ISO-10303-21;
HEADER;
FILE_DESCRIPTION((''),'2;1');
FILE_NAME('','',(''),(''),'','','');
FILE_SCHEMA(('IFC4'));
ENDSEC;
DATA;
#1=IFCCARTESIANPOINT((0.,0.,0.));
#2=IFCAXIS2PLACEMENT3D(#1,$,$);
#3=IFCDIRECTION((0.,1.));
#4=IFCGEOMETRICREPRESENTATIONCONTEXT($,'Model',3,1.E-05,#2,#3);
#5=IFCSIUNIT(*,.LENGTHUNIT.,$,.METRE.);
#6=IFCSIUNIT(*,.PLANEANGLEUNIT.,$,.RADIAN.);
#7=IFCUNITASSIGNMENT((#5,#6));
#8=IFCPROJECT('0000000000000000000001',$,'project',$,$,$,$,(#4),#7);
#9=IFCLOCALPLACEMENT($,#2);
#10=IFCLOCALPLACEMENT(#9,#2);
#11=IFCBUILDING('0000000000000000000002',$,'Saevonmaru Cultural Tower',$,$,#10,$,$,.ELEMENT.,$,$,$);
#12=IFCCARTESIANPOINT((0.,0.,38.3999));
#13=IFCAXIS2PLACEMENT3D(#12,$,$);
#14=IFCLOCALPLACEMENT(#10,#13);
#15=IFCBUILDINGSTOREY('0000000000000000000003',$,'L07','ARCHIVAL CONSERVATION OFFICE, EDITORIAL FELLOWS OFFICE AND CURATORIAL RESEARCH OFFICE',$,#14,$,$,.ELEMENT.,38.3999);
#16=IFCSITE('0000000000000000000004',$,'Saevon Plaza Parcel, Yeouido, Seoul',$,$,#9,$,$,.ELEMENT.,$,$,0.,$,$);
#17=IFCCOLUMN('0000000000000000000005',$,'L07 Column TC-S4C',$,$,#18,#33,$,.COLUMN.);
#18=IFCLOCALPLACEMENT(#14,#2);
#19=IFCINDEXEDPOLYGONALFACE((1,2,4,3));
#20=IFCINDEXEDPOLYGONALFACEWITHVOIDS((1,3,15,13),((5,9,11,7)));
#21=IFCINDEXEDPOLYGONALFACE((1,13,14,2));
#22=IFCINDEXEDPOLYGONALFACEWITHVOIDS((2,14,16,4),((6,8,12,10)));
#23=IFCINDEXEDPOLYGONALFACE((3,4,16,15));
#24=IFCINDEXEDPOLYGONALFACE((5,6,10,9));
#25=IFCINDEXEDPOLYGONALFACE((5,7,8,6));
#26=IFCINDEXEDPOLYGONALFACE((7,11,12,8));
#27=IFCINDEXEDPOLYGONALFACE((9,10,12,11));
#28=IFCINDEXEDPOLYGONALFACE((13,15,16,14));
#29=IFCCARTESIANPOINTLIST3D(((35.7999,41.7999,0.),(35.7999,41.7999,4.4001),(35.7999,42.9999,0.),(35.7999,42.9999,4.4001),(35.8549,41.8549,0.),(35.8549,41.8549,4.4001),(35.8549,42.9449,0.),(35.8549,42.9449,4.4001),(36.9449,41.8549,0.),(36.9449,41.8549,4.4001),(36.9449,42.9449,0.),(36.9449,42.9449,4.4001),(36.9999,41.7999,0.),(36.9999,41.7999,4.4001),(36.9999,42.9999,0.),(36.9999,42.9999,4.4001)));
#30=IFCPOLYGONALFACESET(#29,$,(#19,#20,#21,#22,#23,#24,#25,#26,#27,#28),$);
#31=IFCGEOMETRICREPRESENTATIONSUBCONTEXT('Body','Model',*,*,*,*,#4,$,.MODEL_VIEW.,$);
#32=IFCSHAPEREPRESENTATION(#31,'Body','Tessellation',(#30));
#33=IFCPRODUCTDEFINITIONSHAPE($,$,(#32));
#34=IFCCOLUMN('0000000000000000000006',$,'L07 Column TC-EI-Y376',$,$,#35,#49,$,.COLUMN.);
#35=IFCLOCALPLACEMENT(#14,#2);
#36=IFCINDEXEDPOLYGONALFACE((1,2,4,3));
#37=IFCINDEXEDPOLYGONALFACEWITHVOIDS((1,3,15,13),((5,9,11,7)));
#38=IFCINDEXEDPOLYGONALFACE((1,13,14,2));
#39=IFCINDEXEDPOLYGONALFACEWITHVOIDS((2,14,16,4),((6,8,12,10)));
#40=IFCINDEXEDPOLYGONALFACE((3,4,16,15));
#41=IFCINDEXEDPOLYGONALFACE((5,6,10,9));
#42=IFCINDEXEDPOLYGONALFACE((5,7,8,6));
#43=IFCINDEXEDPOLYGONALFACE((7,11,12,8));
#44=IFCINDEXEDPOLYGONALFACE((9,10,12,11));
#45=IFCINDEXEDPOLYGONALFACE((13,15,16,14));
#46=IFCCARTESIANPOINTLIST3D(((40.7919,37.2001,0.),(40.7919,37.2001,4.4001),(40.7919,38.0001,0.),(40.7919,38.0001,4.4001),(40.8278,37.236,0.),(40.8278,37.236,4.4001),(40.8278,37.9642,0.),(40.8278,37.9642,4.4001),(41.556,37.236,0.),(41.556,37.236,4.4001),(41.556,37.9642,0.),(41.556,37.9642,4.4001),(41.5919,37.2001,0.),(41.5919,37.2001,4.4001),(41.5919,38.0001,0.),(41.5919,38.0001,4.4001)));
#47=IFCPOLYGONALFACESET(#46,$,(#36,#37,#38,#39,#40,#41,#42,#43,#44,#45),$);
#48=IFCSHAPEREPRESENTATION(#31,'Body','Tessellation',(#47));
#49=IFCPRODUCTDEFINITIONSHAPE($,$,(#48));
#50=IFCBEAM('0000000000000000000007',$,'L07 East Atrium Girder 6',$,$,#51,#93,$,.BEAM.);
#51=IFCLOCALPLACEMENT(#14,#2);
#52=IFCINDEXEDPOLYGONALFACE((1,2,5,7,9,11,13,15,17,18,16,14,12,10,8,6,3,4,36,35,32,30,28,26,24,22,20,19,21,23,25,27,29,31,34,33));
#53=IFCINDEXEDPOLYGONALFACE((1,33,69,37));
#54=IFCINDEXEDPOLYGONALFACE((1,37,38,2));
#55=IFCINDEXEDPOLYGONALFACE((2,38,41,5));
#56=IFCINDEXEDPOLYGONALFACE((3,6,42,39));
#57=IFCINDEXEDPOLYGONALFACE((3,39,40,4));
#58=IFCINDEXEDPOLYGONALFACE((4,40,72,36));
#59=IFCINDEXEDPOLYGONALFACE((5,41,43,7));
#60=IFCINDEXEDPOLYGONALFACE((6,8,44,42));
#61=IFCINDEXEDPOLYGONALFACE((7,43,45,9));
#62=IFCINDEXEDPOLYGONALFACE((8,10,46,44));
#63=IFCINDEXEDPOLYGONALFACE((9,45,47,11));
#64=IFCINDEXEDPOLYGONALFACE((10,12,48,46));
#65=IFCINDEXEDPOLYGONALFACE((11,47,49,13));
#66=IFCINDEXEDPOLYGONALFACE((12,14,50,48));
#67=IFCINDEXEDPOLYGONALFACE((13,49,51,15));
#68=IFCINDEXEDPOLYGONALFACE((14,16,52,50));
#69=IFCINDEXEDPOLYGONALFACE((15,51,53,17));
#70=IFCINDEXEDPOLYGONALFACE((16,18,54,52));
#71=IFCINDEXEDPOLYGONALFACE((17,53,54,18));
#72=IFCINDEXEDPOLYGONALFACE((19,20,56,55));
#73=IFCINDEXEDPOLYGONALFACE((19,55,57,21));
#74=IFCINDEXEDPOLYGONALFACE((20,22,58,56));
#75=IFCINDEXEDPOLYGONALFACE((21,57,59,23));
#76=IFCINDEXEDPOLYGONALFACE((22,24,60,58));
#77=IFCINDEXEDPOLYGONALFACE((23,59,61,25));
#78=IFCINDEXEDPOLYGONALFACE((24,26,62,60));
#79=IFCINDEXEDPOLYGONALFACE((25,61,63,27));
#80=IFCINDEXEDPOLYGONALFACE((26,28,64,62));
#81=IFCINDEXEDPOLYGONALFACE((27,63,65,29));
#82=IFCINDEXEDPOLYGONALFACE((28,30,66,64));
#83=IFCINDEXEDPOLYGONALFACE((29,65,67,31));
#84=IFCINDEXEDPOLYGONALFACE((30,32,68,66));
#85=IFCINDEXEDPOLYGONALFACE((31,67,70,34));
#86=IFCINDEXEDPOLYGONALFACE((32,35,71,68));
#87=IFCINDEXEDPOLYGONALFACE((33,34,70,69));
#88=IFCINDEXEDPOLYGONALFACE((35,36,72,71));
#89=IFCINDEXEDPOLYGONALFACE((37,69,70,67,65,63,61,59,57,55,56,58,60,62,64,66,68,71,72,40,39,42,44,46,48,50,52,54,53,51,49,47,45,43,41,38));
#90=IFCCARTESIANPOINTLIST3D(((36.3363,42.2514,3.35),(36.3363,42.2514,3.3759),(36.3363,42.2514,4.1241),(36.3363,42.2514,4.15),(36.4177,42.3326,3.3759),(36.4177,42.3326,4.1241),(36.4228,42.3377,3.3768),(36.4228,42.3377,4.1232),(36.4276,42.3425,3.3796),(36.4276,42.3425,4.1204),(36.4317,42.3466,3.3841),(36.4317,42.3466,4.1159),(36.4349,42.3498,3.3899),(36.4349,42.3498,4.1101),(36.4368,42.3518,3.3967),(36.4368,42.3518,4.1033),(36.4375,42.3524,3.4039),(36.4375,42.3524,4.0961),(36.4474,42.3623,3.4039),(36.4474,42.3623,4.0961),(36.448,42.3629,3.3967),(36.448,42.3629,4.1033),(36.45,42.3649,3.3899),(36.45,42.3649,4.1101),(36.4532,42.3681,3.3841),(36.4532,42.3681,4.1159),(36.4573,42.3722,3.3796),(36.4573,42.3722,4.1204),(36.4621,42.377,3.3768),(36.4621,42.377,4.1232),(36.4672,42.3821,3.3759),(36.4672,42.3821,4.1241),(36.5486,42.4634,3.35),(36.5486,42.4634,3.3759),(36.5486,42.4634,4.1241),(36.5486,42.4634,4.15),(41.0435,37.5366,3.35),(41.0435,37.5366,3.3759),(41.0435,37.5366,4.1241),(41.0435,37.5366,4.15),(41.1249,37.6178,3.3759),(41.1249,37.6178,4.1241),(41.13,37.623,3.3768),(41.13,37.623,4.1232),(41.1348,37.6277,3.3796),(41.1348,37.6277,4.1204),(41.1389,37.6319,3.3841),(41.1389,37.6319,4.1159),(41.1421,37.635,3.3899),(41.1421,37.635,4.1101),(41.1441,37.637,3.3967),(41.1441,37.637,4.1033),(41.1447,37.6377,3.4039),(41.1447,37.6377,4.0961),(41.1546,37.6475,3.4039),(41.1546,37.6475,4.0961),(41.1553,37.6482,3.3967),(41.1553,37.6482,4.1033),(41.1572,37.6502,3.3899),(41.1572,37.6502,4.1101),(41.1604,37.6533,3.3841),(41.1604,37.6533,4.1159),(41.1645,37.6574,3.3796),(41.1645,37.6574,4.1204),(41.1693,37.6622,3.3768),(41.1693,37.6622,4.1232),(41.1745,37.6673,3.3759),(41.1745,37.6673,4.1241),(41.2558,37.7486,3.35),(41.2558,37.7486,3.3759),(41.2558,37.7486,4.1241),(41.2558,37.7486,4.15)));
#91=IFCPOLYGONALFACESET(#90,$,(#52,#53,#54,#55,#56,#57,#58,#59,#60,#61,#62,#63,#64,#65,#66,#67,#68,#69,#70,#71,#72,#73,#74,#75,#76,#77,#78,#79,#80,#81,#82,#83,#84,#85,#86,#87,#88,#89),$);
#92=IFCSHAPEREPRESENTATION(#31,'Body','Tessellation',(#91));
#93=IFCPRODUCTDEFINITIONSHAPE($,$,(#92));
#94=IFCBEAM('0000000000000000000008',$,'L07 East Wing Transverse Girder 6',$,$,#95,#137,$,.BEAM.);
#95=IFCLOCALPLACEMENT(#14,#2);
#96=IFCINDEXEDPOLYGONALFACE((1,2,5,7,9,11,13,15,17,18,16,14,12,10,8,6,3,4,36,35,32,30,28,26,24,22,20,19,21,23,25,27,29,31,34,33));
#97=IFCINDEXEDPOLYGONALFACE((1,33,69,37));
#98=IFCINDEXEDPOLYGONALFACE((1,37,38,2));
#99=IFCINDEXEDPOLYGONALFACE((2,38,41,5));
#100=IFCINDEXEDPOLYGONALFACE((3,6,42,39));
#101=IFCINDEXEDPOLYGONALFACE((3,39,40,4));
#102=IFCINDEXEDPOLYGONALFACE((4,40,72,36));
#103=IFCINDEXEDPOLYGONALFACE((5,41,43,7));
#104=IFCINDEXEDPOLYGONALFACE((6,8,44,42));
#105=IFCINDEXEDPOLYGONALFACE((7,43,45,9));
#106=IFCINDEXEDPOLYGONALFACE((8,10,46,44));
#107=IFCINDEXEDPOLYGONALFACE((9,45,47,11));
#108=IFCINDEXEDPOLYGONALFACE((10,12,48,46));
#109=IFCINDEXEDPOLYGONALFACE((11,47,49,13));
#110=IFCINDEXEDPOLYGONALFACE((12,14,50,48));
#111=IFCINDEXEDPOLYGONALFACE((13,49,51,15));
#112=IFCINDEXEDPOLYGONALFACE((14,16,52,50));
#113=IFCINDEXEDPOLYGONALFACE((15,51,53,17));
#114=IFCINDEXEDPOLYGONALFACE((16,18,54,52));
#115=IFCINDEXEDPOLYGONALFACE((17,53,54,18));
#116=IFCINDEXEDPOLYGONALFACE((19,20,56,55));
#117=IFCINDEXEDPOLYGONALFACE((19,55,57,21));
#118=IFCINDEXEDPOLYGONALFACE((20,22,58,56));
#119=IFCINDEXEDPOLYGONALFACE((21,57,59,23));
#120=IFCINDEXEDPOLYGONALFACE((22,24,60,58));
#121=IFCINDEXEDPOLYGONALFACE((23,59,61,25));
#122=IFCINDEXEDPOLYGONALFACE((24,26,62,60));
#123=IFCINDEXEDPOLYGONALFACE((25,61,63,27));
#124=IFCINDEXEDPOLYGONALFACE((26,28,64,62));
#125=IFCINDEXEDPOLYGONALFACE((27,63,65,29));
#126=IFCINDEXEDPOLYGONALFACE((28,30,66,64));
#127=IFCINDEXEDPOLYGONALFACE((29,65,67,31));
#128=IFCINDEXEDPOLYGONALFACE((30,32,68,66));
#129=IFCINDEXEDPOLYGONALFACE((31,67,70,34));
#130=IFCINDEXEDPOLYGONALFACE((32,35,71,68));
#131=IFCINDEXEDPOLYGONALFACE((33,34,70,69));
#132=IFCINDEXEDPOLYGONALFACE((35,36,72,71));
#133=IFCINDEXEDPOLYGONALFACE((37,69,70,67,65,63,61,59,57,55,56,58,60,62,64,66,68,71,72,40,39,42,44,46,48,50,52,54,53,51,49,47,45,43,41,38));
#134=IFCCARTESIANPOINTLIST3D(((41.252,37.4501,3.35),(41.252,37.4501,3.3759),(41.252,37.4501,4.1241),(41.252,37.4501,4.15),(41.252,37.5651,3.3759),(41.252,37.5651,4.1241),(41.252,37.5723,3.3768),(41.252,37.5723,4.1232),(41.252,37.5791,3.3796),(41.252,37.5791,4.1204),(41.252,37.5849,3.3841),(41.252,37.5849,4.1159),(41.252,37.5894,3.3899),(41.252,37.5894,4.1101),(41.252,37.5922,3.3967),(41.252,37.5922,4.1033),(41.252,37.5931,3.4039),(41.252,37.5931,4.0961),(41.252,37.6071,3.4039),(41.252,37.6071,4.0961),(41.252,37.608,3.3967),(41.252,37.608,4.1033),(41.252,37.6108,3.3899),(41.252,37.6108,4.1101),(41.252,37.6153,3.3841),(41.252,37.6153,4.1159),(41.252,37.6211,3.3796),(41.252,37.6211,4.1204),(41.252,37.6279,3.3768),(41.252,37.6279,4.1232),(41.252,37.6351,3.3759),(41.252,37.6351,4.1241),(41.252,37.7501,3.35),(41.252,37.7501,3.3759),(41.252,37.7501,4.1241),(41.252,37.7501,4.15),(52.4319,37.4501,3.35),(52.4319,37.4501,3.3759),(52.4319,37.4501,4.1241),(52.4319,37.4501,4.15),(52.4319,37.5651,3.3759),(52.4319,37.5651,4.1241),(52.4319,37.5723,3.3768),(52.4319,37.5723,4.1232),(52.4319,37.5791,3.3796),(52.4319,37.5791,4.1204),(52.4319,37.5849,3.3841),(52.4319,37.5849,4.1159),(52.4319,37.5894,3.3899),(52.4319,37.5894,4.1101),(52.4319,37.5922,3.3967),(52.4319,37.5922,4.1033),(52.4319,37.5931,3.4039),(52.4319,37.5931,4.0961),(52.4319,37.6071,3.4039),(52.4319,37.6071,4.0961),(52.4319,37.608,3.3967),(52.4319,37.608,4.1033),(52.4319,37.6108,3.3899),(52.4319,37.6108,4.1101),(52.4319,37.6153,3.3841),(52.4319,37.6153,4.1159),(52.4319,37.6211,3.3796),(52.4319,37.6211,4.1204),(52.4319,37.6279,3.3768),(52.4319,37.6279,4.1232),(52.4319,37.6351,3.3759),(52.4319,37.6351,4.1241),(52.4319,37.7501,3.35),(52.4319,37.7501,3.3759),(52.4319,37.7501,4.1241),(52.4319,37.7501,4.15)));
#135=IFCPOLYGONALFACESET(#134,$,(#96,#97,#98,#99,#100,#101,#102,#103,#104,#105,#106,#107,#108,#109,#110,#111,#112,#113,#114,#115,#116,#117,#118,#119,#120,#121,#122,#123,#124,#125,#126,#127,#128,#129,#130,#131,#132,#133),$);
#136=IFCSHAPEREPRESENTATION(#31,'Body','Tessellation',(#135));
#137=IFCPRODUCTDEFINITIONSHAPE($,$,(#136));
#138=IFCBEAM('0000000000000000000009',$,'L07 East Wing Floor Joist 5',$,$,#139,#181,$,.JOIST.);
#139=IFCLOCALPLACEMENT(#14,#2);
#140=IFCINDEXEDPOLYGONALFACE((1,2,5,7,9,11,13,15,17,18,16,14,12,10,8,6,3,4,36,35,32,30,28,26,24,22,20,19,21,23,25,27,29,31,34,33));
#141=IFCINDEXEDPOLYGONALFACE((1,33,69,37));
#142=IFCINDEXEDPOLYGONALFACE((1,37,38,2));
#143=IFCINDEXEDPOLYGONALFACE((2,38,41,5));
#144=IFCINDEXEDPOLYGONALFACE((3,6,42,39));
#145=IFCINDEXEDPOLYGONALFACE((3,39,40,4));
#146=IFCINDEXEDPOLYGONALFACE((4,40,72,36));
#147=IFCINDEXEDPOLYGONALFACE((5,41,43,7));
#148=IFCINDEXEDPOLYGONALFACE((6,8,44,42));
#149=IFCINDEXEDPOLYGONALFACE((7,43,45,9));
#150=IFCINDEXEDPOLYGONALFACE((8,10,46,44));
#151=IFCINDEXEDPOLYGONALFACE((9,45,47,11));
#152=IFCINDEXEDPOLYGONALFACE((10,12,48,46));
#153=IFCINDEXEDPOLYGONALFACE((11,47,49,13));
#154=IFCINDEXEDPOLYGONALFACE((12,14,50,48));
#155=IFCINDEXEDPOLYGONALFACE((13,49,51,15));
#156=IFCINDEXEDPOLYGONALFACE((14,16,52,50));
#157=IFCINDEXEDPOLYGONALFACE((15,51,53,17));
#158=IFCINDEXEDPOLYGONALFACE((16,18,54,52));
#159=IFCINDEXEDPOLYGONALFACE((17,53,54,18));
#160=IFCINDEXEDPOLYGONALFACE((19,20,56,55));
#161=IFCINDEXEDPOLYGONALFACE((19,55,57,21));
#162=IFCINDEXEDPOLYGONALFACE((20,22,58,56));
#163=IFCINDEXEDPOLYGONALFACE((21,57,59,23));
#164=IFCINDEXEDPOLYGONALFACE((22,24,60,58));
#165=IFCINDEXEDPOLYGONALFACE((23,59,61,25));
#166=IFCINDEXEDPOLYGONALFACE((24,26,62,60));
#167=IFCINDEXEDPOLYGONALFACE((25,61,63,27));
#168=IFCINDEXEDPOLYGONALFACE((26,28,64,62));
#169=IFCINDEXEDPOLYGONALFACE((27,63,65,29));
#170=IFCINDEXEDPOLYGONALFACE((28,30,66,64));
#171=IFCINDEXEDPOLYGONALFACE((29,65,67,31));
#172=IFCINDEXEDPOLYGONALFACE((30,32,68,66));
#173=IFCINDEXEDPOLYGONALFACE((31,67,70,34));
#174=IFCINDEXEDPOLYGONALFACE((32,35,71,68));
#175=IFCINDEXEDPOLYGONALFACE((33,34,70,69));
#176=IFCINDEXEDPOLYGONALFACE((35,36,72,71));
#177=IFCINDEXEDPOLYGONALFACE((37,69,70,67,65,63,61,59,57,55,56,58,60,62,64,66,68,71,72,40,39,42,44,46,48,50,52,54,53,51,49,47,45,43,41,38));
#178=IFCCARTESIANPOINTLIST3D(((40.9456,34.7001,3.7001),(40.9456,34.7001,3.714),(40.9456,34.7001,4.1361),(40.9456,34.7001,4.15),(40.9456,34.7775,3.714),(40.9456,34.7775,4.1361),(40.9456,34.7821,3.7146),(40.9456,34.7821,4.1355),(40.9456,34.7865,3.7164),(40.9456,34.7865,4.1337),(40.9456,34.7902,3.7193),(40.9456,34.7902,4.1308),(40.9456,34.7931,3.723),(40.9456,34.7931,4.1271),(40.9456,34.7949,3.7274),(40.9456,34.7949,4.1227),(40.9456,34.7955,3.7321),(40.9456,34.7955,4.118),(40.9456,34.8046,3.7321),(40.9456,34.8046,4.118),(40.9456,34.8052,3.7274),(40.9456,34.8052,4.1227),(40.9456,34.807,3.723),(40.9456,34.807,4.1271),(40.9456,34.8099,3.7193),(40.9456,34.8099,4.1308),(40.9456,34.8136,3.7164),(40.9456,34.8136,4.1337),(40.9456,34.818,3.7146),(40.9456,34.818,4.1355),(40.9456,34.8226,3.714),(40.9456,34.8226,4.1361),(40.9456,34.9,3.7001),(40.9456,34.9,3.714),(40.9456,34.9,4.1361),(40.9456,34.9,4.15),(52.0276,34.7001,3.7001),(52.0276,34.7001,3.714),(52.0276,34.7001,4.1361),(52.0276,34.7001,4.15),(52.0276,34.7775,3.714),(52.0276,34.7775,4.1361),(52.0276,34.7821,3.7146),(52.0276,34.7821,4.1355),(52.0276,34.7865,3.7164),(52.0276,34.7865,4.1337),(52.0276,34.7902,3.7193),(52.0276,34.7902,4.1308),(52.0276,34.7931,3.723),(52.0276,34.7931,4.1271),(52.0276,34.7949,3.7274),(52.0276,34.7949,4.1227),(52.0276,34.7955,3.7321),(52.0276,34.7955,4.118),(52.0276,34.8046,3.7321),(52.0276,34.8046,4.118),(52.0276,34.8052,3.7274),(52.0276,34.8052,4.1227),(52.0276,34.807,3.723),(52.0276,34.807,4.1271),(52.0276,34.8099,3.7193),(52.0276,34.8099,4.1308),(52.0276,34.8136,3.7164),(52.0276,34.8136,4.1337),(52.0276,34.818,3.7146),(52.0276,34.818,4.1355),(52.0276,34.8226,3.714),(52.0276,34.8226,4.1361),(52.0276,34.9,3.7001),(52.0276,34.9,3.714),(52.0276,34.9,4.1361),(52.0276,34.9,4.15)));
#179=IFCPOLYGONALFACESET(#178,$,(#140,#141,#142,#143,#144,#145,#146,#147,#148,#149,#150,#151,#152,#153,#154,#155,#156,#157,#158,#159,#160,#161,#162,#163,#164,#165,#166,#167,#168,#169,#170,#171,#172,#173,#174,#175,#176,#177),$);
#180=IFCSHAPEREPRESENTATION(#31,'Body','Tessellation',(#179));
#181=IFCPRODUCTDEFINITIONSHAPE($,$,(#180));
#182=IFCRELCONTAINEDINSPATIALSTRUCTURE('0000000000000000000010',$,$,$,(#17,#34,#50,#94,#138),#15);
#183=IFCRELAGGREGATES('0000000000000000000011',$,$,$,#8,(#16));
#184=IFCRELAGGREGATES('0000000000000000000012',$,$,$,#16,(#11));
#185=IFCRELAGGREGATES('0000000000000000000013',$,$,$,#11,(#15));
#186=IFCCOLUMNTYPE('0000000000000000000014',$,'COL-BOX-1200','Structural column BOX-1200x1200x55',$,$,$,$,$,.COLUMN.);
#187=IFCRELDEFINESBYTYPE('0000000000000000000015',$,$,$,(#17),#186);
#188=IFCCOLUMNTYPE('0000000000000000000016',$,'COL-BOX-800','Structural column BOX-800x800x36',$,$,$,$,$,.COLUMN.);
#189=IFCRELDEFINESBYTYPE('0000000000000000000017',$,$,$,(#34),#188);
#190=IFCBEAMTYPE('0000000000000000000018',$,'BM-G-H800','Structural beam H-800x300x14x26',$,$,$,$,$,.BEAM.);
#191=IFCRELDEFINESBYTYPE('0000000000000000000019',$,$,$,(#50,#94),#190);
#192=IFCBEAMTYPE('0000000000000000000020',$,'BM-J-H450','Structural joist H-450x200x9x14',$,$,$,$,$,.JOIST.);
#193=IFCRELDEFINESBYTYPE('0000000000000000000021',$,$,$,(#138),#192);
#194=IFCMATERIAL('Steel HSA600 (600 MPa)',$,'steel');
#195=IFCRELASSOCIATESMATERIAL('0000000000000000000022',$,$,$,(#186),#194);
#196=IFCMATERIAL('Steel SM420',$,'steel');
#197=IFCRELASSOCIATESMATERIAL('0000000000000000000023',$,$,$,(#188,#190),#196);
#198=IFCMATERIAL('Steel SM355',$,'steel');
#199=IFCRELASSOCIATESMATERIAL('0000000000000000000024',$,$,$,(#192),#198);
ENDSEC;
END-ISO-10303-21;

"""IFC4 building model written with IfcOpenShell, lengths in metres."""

from ifc_helpers import new_model, si_unit, direction, frame, origin, origin_2d, place, context, subcontext, project, spatial, hollow_rectangle, i_section, extrude, material, material_profile, profile_set, type_object, element, save


model = new_model("IFC4")

# Units and contexts
model_context = context("Model", 3, precision=1e-05, world=origin(), true_north=direction((0.0, 1.0)))
body_context = subcontext(model_context, "Body", "Model", "MODEL_VIEW")
ifc_project = project(units=[si_unit("LENGTHUNIT", "METRE"), si_unit("PLANEANGLEUNIT", "RADIAN")], contexts=[model_context])

# Site, building, storey
site_placement = place(None, origin())
site = spatial("IfcSite", under=ifc_project, at=site_placement, Name="Saevon Plaza Parcel, Yeouido, Seoul", CompositionType="ELEMENT", RefElevation=0.0)
building_placement = place(site_placement, origin())
building = spatial("IfcBuilding", under=site, at=building_placement, Name="Saevonmaru Cultural Tower", CompositionType="ELEMENT")
storey_placement = place(building_placement, frame((0.0, 0.0, 38.3999)))
storey = spatial("IfcBuildingStorey", under=building, at=storey_placement, Name="L07", Description="ARCHIVAL CONSERVATION OFFICE, EDITORIAL FELLOWS OFFICE AND CURATORIAL RESEARCH OFFICE", CompositionType="ELEMENT", Elevation=38.3999)

# Columns
ifc_material_1 = material(Name="Steel HSA600 (600 MPa)", Category="steel")
ifc_material_profile_1 = material_profile(ifc_material_1, hollow_rectangle(XDim=1.2, YDim=1.2, WallThickness=0.0549, at=origin_2d()), Name="BOX-1200x1200x55")
ifc_profile_set_1 = profile_set([ifc_material_profile_1], Name="Steel HSA600 (600 MPa)")
column_type_1 = type_object("IfcColumnType", Name="COL-BOX-1200", Description="Structural column BOX-1200x1200x55", PredefinedType="COLUMN", material=ifc_profile_set_1)
column_1_placement = place(storey_placement, frame((36.3999, 42.3999, 0.0), z_axis=(0.0, 0.0, 1.0), x_axis=(1.0, 0.0, 0.0)))
element("IfcColumn", 1, at=column_1_placement, inside=storey, type_object=column_type_1, Name="L07 Column TC-S4C", PredefinedType="COLUMN", context=body_context, shape_type="SweptSolid", body=[
    extrude(hollow_rectangle(XDim=1.2, YDim=1.2, WallThickness=0.0549, at=origin_2d()), origin(), (0.0, 0.0, 1.0), 4.4001),
])
ifc_material_2 = material(Name="Steel SM420", Category="steel")
ifc_material_profile_2 = material_profile(ifc_material_2, hollow_rectangle(XDim=0.8, YDim=0.8, WallThickness=0.0359, at=origin_2d()), Name="BOX-800x800x36")
ifc_profile_set_2 = profile_set([ifc_material_profile_2], Name="Steel SM420")
column_type_2 = type_object("IfcColumnType", Name="COL-BOX-800", Description="Structural column BOX-800x800x36", PredefinedType="COLUMN", material=ifc_profile_set_2)
column_2_placement = place(storey_placement, frame((41.1919, 37.6001, 0.0), z_axis=(0.0, 0.0, 1.0), x_axis=(1.0, 0.0, 0.0)))
element("IfcColumn", 2, at=column_2_placement, inside=storey, type_object=column_type_2, Name="L07 Column TC-EI-Y376", PredefinedType="COLUMN", context=body_context, shape_type="SweptSolid", body=[
    extrude(hollow_rectangle(XDim=0.8, YDim=0.8, WallThickness=0.0359, at=origin_2d()), origin(), (0.0, 0.0, 1.0), 4.4001),
])

# Beams
ifc_material_profile_3 = material_profile(ifc_material_2, i_section(OverallWidth=0.3, OverallDepth=0.8, WebThickness=0.0139, FlangeThickness=0.0259, FilletRadius=0.0281, at=origin_2d()), Name="H-800x300x14x26")
ifc_profile_set_3 = profile_set([ifc_material_profile_3], Name="Steel SM420")
beam_type_1 = type_object("IfcBeamType", Name="BM-G-H800", Description="Structural beam H-800x300x14x26", PredefinedType="BEAM", material=ifc_profile_set_3)
beam_1_placement = place(storey_placement, frame((41.1497, 37.6426, 3.75), z_axis=(-0.706539, 0.707675, 0.0), x_axis=(-0.707675, -0.706539, 0.0)))
element("IfcBeam", 3, at=beam_1_placement, inside=storey, type_object=beam_type_1, Name="L07 East Atrium Girder 6", PredefinedType="BEAM", context=body_context, shape_type="SweptSolid", body=[
    extrude(i_section(OverallWidth=0.3, OverallDepth=0.8, WebThickness=0.0139, FlangeThickness=0.0259, FilletRadius=0.0281, at=origin_2d()), origin(), (0.0, 0.0, 1.0), 6.6624),
])
beam_2_placement = place(storey_placement, frame((41.252, 37.6001, 3.75), z_axis=(1.0, 0.0, 0.0), x_axis=(0.0, 1.0, 0.0)))
element("IfcBeam", 4, at=beam_2_placement, inside=storey, type_object=beam_type_1, Name="L07 East Wing Transverse Girder 6", PredefinedType="BEAM", context=body_context, shape_type="SweptSolid", body=[
    extrude(i_section(OverallWidth=0.3, OverallDepth=0.8, WebThickness=0.0139, FlangeThickness=0.0259, FilletRadius=0.0281, at=origin_2d()), origin(), (0.0, 0.0, 1.0), 11.1799),
])
ifc_material_3 = material(Name="Steel SM355", Category="steel")
ifc_material_profile_4 = material_profile(ifc_material_3, i_section(OverallWidth=0.2, OverallDepth=0.45, WebThickness=0.009, FlangeThickness=0.0139, FilletRadius=0.0181, at=origin_2d()), Name="H-450x200x9x14")
ifc_profile_set_4 = profile_set([ifc_material_profile_4], Name="Steel SM355")
beam_type_2 = type_object("IfcBeamType", Name="BM-J-H450", Description="Structural joist H-450x200x9x14", PredefinedType="JOIST", material=ifc_profile_set_4)
beam_3_placement = place(storey_placement, frame((40.9456, 34.8, 3.925), z_axis=(1.0, 0.0, 0.0), x_axis=(0.0, 1.0, 0.0)))
element("IfcBeam", 5, at=beam_3_placement, inside=storey, type_object=beam_type_2, Name="L07 East Wing Floor Joist 5", PredefinedType="JOIST", context=body_context, shape_type="SweptSolid", body=[
    extrude(i_section(OverallWidth=0.2, OverallDepth=0.45, WebThickness=0.009, FlangeThickness=0.0139, FilletRadius=0.0181, at=origin_2d()), origin(), (0.0, 0.0, 1.0), 11.082),
])

save(model, "model.ifc")
